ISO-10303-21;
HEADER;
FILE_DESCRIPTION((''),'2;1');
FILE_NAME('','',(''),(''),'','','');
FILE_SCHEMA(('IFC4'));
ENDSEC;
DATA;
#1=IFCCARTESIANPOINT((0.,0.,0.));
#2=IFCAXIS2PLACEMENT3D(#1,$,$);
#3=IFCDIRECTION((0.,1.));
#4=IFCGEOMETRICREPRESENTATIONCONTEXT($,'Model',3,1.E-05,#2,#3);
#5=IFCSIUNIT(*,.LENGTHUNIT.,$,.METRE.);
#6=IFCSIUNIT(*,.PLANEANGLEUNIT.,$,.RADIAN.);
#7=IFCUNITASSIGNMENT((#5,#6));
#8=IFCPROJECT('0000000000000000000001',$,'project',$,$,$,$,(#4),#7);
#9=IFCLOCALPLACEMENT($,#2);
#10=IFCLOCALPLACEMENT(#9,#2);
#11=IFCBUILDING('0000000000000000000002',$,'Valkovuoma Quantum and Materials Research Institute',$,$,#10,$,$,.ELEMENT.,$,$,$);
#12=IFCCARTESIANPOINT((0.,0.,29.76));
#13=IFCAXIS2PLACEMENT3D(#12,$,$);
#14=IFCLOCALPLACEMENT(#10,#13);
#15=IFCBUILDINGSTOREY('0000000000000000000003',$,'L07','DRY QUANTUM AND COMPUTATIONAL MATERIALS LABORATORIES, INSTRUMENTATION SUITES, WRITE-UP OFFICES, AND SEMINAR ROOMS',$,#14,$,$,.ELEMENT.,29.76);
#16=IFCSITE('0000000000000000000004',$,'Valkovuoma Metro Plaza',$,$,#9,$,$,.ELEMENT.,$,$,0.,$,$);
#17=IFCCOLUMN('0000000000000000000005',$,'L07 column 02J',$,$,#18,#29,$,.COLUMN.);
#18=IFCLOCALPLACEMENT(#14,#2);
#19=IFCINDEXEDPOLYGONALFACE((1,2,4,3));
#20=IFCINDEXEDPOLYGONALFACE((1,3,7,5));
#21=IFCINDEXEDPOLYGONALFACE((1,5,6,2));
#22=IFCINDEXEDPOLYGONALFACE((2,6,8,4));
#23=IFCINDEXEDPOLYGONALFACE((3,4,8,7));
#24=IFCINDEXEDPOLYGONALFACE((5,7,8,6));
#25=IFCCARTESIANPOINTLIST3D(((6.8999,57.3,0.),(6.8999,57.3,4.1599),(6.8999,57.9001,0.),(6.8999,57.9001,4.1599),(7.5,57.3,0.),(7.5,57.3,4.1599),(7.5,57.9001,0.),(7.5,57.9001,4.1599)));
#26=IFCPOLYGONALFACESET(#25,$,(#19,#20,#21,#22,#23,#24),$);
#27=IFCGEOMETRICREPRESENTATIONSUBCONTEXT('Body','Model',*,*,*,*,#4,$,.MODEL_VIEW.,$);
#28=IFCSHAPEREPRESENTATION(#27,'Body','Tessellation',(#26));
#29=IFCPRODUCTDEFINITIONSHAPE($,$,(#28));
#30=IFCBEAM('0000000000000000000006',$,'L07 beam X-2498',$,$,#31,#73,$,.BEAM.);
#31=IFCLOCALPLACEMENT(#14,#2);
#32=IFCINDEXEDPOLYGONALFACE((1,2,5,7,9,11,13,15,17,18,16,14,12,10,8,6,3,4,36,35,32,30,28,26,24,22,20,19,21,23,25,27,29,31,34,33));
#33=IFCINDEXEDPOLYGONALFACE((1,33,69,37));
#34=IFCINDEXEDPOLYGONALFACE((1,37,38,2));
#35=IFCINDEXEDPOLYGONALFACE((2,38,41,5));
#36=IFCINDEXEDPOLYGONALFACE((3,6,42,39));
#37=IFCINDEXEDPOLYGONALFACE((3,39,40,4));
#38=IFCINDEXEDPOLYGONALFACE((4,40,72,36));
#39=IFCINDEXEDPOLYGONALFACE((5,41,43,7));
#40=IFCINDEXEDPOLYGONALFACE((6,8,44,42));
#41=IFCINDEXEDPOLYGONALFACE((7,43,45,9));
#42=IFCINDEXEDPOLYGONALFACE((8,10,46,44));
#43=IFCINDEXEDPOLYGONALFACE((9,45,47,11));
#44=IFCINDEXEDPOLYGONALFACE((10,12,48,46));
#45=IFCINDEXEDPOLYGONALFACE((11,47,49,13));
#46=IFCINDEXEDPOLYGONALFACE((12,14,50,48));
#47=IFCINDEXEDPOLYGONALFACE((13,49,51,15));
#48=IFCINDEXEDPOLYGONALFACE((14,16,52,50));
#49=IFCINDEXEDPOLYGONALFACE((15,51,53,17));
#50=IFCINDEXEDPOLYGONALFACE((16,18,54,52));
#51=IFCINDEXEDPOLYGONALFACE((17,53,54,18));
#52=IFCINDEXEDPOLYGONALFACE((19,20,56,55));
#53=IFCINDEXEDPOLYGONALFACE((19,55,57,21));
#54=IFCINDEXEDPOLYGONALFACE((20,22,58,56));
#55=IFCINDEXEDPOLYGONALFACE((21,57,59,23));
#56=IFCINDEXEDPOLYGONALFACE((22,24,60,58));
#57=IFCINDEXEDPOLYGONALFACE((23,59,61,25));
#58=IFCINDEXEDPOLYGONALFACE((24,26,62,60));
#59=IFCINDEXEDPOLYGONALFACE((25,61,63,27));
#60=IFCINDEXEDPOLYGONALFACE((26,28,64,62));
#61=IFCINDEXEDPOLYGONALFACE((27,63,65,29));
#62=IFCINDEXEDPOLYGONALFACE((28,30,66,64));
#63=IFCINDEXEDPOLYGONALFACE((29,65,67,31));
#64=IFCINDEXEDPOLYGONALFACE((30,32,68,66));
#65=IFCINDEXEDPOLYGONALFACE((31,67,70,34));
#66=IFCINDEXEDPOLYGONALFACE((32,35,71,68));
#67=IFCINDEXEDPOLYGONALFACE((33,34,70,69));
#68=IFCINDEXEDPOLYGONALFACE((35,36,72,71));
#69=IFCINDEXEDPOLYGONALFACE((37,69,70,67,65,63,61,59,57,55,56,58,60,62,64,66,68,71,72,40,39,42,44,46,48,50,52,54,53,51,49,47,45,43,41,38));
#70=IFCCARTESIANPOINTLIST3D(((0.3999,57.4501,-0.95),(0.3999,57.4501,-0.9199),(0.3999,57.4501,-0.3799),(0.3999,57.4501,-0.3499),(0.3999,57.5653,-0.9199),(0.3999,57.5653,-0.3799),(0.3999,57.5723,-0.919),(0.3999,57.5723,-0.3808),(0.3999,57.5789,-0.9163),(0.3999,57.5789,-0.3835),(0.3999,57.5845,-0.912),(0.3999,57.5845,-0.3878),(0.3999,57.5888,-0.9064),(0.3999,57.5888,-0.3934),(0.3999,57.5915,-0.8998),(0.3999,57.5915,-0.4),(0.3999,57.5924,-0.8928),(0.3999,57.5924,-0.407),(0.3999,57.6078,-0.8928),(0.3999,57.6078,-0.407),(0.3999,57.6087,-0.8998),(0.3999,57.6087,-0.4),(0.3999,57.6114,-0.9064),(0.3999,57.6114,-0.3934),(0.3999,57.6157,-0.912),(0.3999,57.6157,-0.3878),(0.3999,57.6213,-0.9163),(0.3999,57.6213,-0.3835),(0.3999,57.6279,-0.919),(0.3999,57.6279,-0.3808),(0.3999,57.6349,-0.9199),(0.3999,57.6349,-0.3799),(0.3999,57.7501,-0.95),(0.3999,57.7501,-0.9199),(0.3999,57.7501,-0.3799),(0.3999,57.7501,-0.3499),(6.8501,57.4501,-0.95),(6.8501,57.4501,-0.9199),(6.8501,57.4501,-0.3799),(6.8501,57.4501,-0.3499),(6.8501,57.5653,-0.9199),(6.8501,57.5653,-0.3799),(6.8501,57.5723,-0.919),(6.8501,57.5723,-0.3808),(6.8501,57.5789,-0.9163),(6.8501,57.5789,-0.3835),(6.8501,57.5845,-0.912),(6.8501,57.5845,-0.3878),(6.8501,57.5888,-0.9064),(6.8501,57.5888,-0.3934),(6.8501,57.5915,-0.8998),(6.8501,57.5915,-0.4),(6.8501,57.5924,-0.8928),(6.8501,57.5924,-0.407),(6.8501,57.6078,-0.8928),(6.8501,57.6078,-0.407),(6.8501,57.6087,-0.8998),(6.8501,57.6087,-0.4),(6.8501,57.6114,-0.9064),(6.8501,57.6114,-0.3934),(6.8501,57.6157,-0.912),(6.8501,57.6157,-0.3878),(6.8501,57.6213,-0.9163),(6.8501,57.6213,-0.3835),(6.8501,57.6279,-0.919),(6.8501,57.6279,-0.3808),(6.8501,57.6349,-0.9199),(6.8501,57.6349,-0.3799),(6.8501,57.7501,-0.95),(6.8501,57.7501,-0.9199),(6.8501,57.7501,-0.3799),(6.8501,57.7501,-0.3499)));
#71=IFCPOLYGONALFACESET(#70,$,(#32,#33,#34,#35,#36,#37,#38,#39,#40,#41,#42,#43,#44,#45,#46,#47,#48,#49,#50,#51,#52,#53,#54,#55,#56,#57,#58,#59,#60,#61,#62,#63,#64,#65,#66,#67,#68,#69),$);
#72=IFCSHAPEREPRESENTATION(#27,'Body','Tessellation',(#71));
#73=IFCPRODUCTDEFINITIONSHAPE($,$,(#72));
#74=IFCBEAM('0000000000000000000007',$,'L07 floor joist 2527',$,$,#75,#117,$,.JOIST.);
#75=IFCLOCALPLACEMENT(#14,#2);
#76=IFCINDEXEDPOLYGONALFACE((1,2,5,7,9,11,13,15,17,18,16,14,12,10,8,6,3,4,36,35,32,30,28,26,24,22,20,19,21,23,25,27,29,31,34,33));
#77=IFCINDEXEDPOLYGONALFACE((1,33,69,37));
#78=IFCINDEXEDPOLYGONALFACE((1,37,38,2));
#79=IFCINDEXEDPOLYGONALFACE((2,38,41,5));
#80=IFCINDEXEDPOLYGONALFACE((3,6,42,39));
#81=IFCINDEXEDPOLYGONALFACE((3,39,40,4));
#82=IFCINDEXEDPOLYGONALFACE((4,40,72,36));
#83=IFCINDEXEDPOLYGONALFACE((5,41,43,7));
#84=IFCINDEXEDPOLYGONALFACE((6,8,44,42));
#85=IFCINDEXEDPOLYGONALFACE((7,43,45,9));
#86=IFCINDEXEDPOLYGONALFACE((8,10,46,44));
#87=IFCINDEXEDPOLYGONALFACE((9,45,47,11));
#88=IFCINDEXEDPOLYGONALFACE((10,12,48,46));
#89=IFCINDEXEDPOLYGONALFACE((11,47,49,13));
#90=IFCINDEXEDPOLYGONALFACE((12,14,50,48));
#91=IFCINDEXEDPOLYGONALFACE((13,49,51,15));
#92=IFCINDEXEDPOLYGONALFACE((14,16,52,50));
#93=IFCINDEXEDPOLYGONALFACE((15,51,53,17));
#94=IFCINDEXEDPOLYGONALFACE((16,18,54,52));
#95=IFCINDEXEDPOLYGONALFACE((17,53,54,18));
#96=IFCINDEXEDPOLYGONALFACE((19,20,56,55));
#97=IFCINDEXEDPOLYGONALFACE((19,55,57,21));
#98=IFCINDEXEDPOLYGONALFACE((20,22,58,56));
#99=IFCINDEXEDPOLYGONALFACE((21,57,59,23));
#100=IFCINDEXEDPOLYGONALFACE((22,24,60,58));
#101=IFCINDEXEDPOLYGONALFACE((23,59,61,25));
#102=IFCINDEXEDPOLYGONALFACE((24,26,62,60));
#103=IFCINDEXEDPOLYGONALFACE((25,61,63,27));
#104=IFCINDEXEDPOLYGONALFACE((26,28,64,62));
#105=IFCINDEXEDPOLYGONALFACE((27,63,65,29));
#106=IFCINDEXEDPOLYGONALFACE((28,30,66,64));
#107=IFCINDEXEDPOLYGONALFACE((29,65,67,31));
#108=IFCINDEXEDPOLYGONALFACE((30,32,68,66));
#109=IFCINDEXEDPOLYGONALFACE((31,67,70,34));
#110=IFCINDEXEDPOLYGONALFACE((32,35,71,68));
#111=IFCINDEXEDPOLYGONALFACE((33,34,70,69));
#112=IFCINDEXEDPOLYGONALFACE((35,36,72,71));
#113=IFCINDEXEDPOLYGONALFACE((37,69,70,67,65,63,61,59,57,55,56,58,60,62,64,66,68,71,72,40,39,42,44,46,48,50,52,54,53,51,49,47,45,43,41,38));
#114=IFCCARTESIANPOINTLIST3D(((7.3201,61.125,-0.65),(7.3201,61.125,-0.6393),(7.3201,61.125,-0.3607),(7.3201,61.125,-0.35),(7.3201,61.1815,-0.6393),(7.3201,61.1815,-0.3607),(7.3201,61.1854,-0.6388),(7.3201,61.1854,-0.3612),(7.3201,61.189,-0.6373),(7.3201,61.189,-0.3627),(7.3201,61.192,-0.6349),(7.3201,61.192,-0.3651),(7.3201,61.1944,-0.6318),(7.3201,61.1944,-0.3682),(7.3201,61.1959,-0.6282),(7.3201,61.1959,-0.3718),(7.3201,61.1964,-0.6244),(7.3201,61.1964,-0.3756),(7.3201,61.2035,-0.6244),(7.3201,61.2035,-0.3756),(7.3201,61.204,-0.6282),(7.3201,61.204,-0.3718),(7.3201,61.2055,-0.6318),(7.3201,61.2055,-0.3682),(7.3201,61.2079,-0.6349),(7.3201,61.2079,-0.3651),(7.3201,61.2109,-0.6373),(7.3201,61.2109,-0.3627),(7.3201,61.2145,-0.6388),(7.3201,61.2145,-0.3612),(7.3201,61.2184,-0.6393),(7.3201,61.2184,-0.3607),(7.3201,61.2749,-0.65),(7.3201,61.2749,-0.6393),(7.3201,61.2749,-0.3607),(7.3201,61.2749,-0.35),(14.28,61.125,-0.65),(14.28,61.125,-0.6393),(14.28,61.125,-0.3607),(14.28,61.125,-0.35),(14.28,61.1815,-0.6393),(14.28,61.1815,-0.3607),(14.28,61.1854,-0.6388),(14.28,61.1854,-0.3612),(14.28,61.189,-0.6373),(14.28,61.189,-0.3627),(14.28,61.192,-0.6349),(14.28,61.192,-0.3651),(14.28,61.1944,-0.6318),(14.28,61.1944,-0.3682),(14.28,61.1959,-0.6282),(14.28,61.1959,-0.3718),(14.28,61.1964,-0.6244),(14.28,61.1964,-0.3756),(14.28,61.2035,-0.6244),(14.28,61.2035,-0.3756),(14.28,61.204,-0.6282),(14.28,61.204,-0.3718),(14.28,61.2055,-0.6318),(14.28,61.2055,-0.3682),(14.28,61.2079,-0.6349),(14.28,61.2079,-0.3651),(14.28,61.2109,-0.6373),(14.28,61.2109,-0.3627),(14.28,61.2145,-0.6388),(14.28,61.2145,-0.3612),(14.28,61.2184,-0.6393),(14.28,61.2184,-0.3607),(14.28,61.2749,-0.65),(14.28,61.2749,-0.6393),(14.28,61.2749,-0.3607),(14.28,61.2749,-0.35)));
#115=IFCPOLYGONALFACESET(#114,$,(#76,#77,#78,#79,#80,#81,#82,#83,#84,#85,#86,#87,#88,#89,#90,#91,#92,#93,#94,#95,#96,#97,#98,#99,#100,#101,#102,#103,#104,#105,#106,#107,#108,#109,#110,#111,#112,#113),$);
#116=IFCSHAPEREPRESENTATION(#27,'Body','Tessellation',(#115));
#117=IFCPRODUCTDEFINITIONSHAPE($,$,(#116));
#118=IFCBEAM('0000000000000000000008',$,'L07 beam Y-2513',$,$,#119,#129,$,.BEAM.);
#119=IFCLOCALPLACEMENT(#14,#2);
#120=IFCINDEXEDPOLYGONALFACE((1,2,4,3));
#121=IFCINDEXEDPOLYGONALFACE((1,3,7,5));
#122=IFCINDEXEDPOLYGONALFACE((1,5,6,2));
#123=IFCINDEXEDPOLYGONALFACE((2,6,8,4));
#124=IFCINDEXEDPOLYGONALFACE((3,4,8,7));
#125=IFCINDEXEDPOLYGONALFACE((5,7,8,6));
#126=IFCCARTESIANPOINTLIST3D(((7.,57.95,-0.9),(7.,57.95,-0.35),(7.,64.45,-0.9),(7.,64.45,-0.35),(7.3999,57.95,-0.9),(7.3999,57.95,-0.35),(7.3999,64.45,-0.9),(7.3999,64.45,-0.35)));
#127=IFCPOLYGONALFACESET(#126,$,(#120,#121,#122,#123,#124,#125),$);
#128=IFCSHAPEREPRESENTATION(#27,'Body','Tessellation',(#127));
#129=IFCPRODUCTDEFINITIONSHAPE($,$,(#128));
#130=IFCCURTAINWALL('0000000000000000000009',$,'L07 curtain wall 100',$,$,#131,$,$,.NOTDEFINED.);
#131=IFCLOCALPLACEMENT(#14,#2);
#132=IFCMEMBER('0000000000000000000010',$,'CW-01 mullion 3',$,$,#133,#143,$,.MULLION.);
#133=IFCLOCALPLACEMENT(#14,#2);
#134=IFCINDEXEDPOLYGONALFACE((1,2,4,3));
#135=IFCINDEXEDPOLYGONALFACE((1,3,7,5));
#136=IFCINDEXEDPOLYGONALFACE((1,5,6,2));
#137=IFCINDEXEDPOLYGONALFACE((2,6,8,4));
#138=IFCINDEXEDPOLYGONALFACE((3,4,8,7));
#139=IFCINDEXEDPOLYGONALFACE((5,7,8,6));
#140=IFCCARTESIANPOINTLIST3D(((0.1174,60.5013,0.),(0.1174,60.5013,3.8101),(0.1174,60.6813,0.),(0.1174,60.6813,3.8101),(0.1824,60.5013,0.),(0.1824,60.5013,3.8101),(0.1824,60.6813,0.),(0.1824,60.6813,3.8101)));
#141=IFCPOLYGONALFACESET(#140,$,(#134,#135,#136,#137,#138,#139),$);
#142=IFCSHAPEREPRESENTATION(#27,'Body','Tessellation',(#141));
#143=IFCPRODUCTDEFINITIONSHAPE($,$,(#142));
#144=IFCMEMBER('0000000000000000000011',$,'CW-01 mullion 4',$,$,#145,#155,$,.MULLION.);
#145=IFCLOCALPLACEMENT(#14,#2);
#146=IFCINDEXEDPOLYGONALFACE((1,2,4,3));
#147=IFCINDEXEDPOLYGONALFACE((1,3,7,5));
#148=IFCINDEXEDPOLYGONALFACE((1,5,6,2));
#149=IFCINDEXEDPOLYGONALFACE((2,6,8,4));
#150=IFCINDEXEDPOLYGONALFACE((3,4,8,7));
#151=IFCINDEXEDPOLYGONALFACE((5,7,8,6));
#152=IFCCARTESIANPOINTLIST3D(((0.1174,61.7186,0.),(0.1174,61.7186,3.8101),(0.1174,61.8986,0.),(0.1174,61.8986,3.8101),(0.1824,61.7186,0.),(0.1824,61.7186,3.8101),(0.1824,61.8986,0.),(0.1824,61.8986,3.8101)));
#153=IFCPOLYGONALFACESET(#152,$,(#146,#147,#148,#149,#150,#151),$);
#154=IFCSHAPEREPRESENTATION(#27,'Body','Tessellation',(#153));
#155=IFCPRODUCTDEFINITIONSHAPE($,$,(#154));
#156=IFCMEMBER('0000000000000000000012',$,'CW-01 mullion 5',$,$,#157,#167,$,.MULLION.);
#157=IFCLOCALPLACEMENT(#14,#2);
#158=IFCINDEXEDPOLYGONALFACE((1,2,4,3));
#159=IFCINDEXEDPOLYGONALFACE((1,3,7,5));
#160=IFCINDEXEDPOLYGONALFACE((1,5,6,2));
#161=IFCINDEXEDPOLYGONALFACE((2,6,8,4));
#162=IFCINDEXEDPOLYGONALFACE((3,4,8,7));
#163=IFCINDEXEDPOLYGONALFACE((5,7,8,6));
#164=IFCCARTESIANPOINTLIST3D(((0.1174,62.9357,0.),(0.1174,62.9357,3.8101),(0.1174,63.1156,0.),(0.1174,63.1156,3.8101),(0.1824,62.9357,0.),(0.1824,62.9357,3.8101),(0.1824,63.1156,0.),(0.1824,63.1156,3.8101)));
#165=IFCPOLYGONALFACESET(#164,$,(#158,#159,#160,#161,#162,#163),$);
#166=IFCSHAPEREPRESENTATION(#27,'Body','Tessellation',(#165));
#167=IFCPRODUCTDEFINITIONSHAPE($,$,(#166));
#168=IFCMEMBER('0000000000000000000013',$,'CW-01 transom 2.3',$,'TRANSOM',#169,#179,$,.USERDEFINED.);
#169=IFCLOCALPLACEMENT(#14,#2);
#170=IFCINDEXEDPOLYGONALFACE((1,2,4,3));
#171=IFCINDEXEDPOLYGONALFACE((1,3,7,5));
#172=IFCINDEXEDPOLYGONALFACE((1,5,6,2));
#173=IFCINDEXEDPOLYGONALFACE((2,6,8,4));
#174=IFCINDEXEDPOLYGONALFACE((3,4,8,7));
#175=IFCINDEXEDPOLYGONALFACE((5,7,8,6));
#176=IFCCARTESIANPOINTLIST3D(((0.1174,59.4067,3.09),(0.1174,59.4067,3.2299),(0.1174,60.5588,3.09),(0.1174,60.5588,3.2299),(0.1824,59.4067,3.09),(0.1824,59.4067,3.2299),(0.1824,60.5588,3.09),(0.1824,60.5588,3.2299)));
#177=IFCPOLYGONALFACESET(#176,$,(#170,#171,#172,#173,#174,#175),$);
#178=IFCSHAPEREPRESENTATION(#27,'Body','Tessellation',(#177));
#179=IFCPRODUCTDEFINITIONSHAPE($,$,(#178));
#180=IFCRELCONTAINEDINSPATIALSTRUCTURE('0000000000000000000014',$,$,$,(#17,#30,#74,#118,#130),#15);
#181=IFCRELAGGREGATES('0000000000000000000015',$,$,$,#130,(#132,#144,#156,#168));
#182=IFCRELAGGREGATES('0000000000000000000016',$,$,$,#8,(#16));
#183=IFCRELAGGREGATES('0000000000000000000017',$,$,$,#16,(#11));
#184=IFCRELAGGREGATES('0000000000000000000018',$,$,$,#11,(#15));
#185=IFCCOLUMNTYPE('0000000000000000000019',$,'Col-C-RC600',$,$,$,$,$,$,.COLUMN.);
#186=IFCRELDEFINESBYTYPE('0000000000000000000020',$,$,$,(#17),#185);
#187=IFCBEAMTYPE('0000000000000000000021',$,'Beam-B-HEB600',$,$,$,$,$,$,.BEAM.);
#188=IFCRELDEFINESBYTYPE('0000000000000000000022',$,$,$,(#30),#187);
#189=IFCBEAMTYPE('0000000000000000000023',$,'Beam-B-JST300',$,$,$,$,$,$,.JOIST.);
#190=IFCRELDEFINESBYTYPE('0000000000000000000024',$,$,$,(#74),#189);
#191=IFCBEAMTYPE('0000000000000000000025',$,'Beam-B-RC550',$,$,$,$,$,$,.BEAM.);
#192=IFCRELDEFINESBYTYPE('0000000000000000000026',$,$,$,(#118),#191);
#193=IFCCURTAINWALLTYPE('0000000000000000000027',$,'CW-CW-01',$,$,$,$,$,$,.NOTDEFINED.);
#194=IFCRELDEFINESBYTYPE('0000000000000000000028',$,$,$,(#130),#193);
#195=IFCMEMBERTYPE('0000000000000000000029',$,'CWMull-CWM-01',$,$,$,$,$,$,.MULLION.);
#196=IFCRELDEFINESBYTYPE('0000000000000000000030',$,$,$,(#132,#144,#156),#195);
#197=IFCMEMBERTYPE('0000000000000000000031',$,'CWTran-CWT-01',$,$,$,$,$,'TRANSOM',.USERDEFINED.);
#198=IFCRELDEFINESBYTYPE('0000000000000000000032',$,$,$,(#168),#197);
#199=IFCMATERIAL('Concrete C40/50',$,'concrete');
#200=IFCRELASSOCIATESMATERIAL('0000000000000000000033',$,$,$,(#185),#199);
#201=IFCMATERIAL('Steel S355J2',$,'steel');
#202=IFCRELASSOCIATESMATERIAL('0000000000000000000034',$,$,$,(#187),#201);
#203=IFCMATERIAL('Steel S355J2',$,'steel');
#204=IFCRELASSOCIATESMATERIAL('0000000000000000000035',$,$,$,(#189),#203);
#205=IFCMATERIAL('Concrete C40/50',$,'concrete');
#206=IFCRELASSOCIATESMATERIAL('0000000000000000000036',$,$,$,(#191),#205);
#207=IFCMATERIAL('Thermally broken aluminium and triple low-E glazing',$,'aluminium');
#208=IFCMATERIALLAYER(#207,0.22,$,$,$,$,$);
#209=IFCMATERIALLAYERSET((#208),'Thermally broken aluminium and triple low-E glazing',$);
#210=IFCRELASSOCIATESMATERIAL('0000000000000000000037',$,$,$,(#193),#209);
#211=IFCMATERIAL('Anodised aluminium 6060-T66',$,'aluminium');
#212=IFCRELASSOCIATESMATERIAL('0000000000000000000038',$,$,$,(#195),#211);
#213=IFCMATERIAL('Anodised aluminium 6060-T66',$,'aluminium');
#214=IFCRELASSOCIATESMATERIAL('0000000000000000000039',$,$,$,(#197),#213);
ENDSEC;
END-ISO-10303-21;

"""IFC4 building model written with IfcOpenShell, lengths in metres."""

from ifc_helpers import new_model, si_unit, direction, frame, origin, origin_2d, place, context, subcontext, project, spatial, rectangle, i_section, extrude, material, layer, layer_set, material_profile, profile_set, type_object, element, aggregate, save


model = new_model("IFC4")

# Units and contexts
model_context = context("Model", 3, precision=1e-05, world=origin(), true_north=direction((0.0, 1.0)))
body_context = subcontext(model_context, "Body", "Model", "MODEL_VIEW")
ifc_project = project(units=[si_unit("LENGTHUNIT", "METRE"), si_unit("PLANEANGLEUNIT", "RADIAN")], contexts=[model_context])

# Site, building, storey
site_placement = place(None, origin())
site = spatial("IfcSite", under=ifc_project, at=site_placement, Name="Valkovuoma Metro Plaza", CompositionType="ELEMENT", RefElevation=0.0)
building_placement = place(site_placement, origin())
building = spatial("IfcBuilding", under=site, at=building_placement, Name="Valkovuoma Quantum and Materials Research Institute", CompositionType="ELEMENT")
storey_placement = place(building_placement, frame((0.0, 0.0, 29.76)))
storey = spatial("IfcBuildingStorey", under=building, at=storey_placement, Name="L07", Description="DRY QUANTUM AND COMPUTATIONAL MATERIALS LABORATORIES, INSTRUMENTATION SUITES, WRITE-UP OFFICES, AND SEMINAR ROOMS", CompositionType="ELEMENT", Elevation=29.76)

# Column
ifc_material_1 = material(Name="Concrete C40/50", Category="concrete")
ifc_material_profile_1 = material_profile(ifc_material_1, rectangle(XDim=0.6001, YDim=0.6001, at=origin_2d()), Name="Concrete C40/50")
ifc_profile_set_1 = profile_set([ifc_material_profile_1], Name="Concrete C40/50")
column_type = type_object("IfcColumnType", Name="Col-C-RC600", PredefinedType="COLUMN", material=ifc_profile_set_1)
column_placement = place(storey_placement, frame((7.2, 57.6001, 0.0), z_axis=(0.0, 0.0, 1.0), x_axis=(1.0, 0.0, 0.0)))
element("IfcColumn", 1, at=column_placement, inside=storey, type_object=column_type, Name="L07 column 02J", PredefinedType="COLUMN", context=body_context, shape_type="SweptSolid", body=[
    extrude(rectangle(XDim=0.6001, YDim=0.6001, at=origin_2d()), origin(), (0.0, 0.0, 1.0), 4.1599),
])

# Beams
ifc_material_2 = material(Name="Steel S355J2", Category="steel")
ifc_material_profile_2 = material_profile(ifc_material_2, i_section(OverallWidth=0.3, OverallDepth=0.6001, WebThickness=0.0154, FlangeThickness=0.03, FilletRadius=0.0271, at=origin_2d()), Name="Steel S355J2")
ifc_profile_set_2 = profile_set([ifc_material_profile_2], Name="Steel S355J2")
beam_type_1 = type_object("IfcBeamType", Name="Beam-B-HEB600", PredefinedType="BEAM", material=ifc_profile_set_2)
beam_1_placement = place(storey_placement, frame((0.3999, 57.6001, -0.6499), z_axis=(1.0, 0.0, 0.0), x_axis=(0.0, 1.0, 0.0)))
element("IfcBeam", 2, at=beam_1_placement, inside=storey, type_object=beam_type_1, Name="L07 beam X-2498", PredefinedType="BEAM", context=body_context, shape_type="SweptSolid", body=[
    extrude(i_section(OverallWidth=0.3, OverallDepth=0.6001, WebThickness=0.0154, FlangeThickness=0.03, FilletRadius=0.0271, at=origin_2d()), origin(), (0.0, 0.0, 1.0), 6.4502),
])
ifc_material_3 = material(Name="Steel S355J2", Category="steel")
ifc_material_profile_3 = material_profile(ifc_material_3, i_section(OverallWidth=0.1499, OverallDepth=0.3, WebThickness=0.0071, FlangeThickness=0.0107, FilletRadius=0.0149, at=origin_2d()), Name="Steel S355J2")
ifc_profile_set_3 = profile_set([ifc_material_profile_3], Name="Steel S355J2")
beam_type_2 = type_object("IfcBeamType", Name="Beam-B-JST300", PredefinedType="JOIST", material=ifc_profile_set_3)
beam_2_placement = place(storey_placement, frame((7.3201, 61.2, -0.5), z_axis=(1.0, 0.0, 0.0), x_axis=(0.0, 1.0, 0.0)))
element("IfcBeam", 3, at=beam_2_placement, inside=storey, type_object=beam_type_2, Name="L07 floor joist 2527", PredefinedType="JOIST", context=body_context, shape_type="SweptSolid", body=[
    extrude(i_section(OverallWidth=0.1499, OverallDepth=0.3, WebThickness=0.0071, FlangeThickness=0.0107, FilletRadius=0.0149, at=origin_2d()), origin(), (0.0, 0.0, 1.0), 6.96),
])
ifc_material_4 = material(Name="Concrete C40/50", Category="concrete")
ifc_material_profile_4 = material_profile(ifc_material_4, rectangle(XDim=0.3999, YDim=0.55, at=origin_2d()), Name="Concrete C40/50")
ifc_profile_set_4 = profile_set([ifc_material_profile_4], Name="Concrete C40/50")
beam_type_3 = type_object("IfcBeamType", Name="Beam-B-RC550", PredefinedType="BEAM", material=ifc_profile_set_4)
beam_3_placement = place(storey_placement, frame((7.2, 57.95, -0.625), z_axis=(0.0, 1.0, 0.0), x_axis=(-1.0, 0.0, 0.0)))
element("IfcBeam", 4, at=beam_3_placement, inside=storey, type_object=beam_type_3, Name="L07 beam Y-2513", PredefinedType="BEAM", context=body_context, shape_type="SweptSolid", body=[
    extrude(rectangle(XDim=0.3999, YDim=0.55, at=origin_2d()), origin(), (0.0, 0.0, 1.0), 6.5),
])

# Curtain wall, members
ifc_material_5 = material(Name="Thermally broken aluminium and triple low-E glazing", Category="aluminium")
ifc_layer_1 = layer(ifc_material_5, 0.22)
ifc_layer_set_1 = layer_set([ifc_layer_1], Name="Thermally broken aluminium and triple low-E glazing")
curtain_wall_type = type_object("IfcCurtainWallType", Name="CW-CW-01", PredefinedType="NOTDEFINED", material=ifc_layer_set_1)
curtain_wall_placement = place(storey_placement, origin())
curtain_wall = element("IfcCurtainWall", 5, at=curtain_wall_placement, inside=storey, type_object=curtain_wall_type, Name="L07 curtain wall 100", PredefinedType="NOTDEFINED")
ifc_material_6 = material(Name="Anodised aluminium 6060-T66", Category="aluminium")
ifc_material_profile_5 = material_profile(ifc_material_6, rectangle(XDim=0.0649, YDim=0.1799, at=origin_2d()), Name="Anodised aluminium 6060-T66")
ifc_profile_set_5 = profile_set([ifc_material_profile_5], Name="Anodised aluminium 6060-T66")
member_type_1 = type_object("IfcMemberType", Name="CWMull-CWM-01", PredefinedType="MULLION", material=ifc_profile_set_5)
member_1_placement = place(storey_placement, frame((0.1499, 60.5913, 0.0), z_axis=(0.0, 0.0, 1.0), x_axis=(-1.0, 0.0, 0.0)))
member_1 = element("IfcMember", 6, at=member_1_placement, type_object=member_type_1, Name="CW-01 mullion 3", PredefinedType="MULLION", context=body_context, shape_type="SweptSolid", body=[
    extrude(rectangle(XDim=0.0649, YDim=0.1799, at=origin_2d()), origin(), (0.0, 0.0, 1.0), 3.8101),
])
member_2_placement = place(storey_placement, frame((0.1499, 61.8086, 0.0), z_axis=(0.0, 0.0, 1.0), x_axis=(-1.0, 0.0, 0.0)))
member_2 = element("IfcMember", 7, at=member_2_placement, type_object=member_type_1, Name="CW-01 mullion 4", PredefinedType="MULLION", context=body_context, shape_type="SweptSolid", body=[
    extrude(rectangle(XDim=0.0649, YDim=0.1799, at=origin_2d()), origin(), (0.0, 0.0, 1.0), 3.8101),
])
member_3_placement = place(storey_placement, frame((0.1499, 63.0256, 0.0), z_axis=(0.0, 0.0, 1.0), x_axis=(-1.0, 0.0, 0.0)))
member_3 = element("IfcMember", 8, at=member_3_placement, type_object=member_type_1, Name="CW-01 mullion 5", PredefinedType="MULLION", context=body_context, shape_type="SweptSolid", body=[
    extrude(rectangle(XDim=0.0649, YDim=0.1799, at=origin_2d()), origin(), (0.0, 0.0, 1.0), 3.8101),
])
ifc_material_7 = material(Name="Anodised aluminium 6060-T66", Category="aluminium")
ifc_material_profile_6 = material_profile(ifc_material_7, rectangle(XDim=0.0649, YDim=0.1399, at=origin_2d()), Name="Anodised aluminium 6060-T66")
ifc_profile_set_6 = profile_set([ifc_material_profile_6], Name="Anodised aluminium 6060-T66")
member_type_2 = type_object("IfcMemberType", Name="CWTran-CWT-01", ElementType="TRANSOM", PredefinedType="USERDEFINED", material=ifc_profile_set_6)
member_4_placement = place(storey_placement, frame((0.1499, 59.4067, 3.1599), z_axis=(0.0, 1.0, 0.0), x_axis=(-1.0, 0.0, 0.0)))
member_4 = element("IfcMember", 9, at=member_4_placement, type_object=member_type_2, Name="CW-01 transom 2.3", ObjectType="TRANSOM", PredefinedType="USERDEFINED", context=body_context, shape_type="SweptSolid", body=[
    extrude(rectangle(XDim=0.0649, YDim=0.1399, at=origin_2d()), origin(), (0.0, 0.0, 1.0), 1.1521),
])
aggregate(curtain_wall, [member_1, member_2, member_3, member_4])

save(model, "model.ifc")
